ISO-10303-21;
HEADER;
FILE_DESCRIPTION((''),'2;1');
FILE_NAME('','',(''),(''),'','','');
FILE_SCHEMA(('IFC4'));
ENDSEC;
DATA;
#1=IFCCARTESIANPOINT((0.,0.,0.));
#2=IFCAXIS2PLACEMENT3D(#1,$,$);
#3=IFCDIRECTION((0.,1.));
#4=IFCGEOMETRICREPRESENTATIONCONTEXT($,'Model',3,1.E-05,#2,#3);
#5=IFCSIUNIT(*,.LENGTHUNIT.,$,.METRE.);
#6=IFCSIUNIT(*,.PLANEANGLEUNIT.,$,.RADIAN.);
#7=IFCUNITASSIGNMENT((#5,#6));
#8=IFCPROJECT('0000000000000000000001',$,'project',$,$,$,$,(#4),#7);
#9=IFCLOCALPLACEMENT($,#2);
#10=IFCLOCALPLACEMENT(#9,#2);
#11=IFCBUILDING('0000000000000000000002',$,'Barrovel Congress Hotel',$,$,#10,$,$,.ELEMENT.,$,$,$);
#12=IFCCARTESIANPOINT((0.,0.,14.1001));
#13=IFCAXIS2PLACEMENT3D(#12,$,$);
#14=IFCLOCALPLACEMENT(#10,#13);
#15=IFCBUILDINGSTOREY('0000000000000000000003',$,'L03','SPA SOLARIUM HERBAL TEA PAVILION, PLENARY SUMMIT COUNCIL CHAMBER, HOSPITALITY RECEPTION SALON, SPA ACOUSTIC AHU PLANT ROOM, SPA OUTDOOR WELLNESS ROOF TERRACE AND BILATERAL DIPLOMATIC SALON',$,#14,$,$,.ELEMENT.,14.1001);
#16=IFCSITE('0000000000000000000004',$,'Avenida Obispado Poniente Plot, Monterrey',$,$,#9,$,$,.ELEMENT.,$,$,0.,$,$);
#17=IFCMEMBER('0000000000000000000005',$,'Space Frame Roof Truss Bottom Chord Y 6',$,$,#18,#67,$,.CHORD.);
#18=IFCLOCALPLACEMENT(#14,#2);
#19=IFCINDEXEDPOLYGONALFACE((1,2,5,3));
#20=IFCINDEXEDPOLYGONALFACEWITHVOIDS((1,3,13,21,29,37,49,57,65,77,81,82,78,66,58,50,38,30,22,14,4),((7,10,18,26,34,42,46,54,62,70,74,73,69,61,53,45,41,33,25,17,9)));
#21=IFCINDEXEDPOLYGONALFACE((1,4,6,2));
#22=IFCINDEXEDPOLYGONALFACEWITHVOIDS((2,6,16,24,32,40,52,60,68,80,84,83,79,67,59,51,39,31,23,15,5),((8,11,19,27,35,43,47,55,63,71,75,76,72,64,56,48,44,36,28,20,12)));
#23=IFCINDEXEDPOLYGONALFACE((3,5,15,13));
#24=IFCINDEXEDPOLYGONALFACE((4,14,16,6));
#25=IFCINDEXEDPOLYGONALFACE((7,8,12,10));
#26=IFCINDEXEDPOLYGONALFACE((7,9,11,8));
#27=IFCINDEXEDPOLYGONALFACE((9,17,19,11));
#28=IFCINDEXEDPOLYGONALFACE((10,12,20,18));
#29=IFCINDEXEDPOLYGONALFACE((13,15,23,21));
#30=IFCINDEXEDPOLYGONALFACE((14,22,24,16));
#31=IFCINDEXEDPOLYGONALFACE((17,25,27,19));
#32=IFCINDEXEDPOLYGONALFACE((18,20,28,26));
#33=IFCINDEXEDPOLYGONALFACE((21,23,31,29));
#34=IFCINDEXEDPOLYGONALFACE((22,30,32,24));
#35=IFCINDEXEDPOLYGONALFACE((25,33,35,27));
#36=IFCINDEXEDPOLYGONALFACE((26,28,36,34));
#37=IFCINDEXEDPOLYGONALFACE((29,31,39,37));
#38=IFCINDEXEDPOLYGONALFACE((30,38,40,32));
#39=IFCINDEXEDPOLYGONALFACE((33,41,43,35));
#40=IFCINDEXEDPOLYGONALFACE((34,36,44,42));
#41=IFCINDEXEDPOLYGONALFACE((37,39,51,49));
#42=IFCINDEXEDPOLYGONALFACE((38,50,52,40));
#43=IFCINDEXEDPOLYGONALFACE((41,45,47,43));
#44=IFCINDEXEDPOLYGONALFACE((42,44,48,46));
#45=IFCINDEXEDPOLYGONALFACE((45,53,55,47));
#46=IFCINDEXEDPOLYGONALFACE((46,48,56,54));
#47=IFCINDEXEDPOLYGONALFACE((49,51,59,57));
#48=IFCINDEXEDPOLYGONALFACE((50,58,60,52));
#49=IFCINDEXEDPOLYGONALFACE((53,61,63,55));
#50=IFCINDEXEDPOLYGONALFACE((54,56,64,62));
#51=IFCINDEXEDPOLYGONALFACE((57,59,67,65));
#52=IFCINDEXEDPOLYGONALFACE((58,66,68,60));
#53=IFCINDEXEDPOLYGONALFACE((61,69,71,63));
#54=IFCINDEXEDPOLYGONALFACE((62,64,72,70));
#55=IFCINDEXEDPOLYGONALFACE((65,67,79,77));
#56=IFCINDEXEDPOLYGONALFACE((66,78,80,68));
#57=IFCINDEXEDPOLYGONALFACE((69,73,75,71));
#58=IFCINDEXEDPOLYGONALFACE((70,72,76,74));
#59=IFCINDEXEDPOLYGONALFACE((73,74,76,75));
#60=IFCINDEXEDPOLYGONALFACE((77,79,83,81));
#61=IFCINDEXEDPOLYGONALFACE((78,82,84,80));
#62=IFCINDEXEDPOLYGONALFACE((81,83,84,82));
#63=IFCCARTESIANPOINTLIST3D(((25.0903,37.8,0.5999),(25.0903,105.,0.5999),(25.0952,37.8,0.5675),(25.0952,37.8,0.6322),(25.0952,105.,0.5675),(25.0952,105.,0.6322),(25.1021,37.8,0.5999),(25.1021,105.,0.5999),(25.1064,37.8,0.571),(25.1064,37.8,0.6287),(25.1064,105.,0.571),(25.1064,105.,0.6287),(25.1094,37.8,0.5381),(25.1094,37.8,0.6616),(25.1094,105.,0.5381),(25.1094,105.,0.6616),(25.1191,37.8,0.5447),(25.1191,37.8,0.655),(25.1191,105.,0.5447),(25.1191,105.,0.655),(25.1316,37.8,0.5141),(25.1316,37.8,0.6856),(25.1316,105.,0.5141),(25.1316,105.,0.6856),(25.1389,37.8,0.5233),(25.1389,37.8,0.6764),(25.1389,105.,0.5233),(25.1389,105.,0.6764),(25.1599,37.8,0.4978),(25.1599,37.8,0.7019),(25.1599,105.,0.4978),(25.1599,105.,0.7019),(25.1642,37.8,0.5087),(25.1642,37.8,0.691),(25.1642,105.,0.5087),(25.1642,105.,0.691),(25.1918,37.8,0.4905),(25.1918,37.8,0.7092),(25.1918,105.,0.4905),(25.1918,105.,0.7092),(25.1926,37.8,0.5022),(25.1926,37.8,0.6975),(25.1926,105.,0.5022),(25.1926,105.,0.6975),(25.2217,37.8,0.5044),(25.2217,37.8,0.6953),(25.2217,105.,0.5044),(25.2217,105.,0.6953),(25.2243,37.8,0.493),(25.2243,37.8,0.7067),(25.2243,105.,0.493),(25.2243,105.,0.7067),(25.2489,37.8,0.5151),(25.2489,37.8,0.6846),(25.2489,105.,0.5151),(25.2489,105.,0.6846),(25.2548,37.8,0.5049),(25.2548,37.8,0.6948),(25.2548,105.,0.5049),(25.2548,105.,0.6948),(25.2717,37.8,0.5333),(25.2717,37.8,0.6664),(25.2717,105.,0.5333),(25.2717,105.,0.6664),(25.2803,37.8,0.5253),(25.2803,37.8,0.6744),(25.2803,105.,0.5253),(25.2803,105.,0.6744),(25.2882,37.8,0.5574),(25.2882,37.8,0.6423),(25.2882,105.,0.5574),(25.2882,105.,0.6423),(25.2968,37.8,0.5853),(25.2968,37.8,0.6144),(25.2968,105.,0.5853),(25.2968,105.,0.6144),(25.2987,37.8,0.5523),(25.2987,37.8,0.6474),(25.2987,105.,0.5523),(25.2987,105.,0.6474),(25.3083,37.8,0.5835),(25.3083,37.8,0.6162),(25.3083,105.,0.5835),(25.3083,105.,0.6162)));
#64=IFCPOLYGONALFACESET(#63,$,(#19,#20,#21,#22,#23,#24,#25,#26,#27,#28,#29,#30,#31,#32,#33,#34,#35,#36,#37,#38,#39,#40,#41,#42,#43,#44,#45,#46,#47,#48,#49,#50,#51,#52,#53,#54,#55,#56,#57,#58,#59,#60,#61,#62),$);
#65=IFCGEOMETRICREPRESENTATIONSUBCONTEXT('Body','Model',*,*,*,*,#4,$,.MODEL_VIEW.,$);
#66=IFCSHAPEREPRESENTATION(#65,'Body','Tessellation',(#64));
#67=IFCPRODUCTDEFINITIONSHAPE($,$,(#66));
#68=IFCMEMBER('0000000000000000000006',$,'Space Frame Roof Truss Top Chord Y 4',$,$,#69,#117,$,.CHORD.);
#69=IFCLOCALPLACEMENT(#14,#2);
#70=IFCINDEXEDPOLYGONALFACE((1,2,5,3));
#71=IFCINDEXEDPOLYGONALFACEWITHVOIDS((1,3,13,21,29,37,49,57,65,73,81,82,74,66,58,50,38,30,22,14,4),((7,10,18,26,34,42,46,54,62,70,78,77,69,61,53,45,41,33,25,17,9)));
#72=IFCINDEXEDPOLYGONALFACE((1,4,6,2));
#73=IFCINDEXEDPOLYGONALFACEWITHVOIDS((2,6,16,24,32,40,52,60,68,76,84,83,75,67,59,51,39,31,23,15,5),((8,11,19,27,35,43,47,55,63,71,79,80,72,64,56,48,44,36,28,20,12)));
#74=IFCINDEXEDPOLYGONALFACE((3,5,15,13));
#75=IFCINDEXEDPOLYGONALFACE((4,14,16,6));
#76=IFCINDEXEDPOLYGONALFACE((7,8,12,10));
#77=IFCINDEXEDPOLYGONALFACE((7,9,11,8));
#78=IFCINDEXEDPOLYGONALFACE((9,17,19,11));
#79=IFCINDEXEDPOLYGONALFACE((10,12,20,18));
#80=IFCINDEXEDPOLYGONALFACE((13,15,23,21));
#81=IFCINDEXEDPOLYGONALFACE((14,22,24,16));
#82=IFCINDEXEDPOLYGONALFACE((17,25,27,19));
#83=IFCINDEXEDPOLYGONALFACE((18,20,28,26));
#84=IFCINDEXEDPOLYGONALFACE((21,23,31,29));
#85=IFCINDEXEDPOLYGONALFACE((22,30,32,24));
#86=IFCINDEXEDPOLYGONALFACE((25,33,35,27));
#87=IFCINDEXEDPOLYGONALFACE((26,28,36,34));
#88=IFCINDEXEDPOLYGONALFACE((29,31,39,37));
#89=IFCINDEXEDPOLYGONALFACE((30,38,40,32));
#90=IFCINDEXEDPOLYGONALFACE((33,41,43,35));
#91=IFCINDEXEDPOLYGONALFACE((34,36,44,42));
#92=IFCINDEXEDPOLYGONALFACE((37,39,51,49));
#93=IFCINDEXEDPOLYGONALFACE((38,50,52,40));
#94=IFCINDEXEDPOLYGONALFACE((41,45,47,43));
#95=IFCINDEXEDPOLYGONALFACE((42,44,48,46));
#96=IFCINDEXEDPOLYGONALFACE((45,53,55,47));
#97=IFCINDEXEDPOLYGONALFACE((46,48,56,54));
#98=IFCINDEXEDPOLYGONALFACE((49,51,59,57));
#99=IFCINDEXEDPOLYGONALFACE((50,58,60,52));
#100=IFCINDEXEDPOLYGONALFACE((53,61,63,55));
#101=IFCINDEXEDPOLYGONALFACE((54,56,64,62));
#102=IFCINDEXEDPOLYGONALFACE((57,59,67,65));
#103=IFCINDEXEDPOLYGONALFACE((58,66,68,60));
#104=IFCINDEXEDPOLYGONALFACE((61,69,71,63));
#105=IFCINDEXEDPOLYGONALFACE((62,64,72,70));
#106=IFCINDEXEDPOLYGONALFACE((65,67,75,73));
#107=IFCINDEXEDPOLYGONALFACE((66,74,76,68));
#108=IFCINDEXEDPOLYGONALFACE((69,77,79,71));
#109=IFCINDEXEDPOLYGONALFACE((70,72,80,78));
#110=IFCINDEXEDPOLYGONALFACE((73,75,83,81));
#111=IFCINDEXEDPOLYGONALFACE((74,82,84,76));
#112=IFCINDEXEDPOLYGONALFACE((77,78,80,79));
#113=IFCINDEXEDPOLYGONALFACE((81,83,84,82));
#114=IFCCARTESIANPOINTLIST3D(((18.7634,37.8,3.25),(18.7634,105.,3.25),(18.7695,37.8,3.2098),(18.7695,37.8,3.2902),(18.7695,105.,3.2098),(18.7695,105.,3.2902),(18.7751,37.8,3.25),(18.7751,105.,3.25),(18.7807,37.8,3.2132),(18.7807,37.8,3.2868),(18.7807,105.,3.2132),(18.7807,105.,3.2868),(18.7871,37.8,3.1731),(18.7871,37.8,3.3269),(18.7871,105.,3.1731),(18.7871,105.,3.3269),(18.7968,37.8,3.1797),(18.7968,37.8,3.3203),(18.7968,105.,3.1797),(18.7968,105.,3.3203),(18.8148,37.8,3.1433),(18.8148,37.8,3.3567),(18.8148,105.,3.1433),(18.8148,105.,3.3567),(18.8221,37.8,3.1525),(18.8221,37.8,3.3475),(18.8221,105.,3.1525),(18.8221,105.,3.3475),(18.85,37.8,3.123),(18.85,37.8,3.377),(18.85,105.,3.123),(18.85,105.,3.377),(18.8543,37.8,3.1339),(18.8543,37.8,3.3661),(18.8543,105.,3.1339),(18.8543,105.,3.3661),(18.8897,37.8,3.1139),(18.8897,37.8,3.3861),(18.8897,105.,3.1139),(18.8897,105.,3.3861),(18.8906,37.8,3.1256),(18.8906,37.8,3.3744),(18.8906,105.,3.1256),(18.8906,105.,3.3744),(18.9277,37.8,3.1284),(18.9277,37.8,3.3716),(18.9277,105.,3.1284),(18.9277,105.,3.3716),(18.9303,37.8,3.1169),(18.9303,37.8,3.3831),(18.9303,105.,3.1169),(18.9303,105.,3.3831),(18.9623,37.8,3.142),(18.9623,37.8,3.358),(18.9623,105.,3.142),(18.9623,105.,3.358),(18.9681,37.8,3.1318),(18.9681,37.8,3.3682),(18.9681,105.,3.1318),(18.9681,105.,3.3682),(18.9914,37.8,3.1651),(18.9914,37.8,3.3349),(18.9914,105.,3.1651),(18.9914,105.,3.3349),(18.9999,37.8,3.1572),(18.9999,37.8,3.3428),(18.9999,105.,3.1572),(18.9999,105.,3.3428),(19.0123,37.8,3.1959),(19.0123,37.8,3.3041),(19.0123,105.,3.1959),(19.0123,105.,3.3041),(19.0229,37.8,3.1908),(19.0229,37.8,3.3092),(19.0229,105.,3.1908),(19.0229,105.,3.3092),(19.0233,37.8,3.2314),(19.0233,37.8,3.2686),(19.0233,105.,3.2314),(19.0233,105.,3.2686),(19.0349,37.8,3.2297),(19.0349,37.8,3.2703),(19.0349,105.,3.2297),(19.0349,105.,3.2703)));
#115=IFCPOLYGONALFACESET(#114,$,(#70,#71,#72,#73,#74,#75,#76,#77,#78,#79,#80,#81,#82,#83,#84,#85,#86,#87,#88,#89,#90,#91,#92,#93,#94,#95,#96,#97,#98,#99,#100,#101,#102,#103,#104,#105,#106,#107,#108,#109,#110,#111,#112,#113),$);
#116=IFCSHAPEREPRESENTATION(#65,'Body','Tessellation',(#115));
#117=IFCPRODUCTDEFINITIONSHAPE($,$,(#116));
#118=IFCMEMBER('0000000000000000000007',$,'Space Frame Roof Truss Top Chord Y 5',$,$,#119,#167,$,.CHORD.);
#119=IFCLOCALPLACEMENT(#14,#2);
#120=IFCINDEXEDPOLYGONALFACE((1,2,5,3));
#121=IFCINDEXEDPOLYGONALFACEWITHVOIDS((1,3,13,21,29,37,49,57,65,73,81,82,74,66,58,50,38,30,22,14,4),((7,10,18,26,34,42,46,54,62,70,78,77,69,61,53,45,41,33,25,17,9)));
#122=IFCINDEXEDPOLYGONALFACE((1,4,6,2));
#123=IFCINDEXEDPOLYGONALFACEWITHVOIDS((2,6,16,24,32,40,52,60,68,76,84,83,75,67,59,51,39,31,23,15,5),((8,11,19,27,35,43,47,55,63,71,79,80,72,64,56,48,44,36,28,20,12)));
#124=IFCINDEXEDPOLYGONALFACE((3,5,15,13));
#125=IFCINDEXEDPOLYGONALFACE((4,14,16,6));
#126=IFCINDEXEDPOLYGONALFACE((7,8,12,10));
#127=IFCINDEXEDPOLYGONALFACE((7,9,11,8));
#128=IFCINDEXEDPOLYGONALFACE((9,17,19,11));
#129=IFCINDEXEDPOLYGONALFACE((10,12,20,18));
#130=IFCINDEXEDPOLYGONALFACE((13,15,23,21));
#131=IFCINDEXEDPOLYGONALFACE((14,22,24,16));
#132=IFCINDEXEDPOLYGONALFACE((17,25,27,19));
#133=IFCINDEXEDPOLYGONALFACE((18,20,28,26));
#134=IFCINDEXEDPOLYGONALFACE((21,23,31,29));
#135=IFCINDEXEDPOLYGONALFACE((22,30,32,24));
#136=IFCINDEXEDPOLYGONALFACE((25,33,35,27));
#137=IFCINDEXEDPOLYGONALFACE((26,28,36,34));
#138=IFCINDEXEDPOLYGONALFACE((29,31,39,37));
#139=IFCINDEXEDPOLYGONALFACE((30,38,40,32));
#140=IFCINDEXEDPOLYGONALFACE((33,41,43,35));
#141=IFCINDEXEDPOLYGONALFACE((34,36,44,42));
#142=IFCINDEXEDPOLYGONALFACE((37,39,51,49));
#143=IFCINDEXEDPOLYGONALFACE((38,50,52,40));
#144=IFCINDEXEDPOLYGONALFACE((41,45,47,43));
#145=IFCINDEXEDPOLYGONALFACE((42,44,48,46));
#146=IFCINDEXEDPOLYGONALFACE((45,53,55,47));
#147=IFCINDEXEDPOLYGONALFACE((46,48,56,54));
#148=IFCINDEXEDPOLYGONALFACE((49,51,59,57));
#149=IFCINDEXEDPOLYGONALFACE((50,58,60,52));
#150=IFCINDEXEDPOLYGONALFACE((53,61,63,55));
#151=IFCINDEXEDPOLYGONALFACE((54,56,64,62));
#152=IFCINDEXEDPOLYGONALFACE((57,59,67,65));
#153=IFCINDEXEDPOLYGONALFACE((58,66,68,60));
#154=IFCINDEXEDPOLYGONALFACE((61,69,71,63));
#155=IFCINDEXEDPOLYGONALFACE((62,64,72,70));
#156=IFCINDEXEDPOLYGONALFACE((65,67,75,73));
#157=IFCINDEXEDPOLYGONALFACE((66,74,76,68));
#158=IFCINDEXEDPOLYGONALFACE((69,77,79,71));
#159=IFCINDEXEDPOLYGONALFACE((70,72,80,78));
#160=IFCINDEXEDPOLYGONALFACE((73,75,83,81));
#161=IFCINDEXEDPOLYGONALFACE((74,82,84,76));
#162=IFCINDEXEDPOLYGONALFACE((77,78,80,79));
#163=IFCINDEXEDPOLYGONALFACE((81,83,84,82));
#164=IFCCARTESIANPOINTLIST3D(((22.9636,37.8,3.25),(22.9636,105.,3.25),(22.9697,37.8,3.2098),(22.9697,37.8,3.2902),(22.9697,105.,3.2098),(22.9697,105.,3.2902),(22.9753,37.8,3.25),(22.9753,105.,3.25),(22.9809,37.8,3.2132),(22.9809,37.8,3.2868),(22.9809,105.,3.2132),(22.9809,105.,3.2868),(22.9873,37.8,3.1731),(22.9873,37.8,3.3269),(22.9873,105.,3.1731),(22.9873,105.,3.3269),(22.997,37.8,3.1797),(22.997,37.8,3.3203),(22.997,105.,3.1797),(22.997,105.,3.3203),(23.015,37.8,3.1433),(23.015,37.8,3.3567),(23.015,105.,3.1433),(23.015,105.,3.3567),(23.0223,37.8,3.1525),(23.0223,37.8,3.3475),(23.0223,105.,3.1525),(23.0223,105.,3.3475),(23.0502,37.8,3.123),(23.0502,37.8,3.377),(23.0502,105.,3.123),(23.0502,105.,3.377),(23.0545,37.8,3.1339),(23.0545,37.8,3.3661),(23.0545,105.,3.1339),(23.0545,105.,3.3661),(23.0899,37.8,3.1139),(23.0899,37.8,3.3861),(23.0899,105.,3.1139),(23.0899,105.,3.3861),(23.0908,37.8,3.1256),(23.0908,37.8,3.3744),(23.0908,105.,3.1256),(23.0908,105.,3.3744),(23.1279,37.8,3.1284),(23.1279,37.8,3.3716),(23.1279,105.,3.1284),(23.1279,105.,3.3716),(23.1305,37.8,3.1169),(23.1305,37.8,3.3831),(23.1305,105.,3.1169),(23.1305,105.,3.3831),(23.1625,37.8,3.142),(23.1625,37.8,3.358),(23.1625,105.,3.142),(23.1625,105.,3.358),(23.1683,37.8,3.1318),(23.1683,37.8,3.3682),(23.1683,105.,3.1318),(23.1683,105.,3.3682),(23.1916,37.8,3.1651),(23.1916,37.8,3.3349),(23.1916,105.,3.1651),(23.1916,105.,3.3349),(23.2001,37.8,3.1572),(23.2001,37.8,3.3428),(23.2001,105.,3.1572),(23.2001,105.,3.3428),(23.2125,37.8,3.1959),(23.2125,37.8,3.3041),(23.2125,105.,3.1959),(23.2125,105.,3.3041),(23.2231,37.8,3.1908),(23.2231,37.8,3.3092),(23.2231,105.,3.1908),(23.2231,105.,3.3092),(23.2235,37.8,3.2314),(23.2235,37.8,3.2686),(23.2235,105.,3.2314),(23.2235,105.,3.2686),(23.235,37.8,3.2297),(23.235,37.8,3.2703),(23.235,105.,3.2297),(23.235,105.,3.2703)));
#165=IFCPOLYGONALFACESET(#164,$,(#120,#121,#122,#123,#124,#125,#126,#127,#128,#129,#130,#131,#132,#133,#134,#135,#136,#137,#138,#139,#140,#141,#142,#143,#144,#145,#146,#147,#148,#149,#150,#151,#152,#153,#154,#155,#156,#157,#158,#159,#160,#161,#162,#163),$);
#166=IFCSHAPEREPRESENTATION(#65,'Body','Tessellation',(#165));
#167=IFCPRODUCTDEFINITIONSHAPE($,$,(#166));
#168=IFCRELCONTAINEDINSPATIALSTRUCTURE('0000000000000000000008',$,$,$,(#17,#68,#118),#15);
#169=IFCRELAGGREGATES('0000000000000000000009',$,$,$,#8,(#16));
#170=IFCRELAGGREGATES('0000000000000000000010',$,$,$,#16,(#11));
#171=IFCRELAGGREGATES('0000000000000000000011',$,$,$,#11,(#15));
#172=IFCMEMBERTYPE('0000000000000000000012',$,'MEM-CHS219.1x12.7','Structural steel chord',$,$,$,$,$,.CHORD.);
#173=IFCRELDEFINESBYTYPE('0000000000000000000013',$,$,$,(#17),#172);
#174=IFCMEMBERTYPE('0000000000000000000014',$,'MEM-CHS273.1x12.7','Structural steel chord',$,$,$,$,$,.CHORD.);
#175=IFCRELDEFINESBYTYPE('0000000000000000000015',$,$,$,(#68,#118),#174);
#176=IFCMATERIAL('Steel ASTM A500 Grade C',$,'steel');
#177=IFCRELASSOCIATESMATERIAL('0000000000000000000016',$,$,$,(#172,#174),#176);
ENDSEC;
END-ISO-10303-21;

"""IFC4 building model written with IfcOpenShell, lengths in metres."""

from ifc_helpers import new_model, si_unit, direction, frame, origin, origin_2d, place, context, subcontext, project, spatial, hollow_circle, extrude, material, material_profile, profile_set, type_object, element, save


model = new_model("IFC4")

# Units and contexts
model_context = context("Model", 3, precision=1e-05, world=origin(), true_north=direction((0.0, 1.0)))
body_context = subcontext(model_context, "Body", "Model", "MODEL_VIEW")
ifc_project = project(units=[si_unit("LENGTHUNIT", "METRE"), si_unit("PLANEANGLEUNIT", "RADIAN")], contexts=[model_context])

# Site, building, storey
site_placement = place(None, origin())
site = spatial("IfcSite", under=ifc_project, at=site_placement, Name="Avenida Obispado Poniente Plot, Monterrey", CompositionType="ELEMENT", RefElevation=0.0)
building_placement = place(site_placement, origin())
building = spatial("IfcBuilding", under=site, at=building_placement, Name="Barrovel Congress Hotel", CompositionType="ELEMENT")
storey_placement = place(building_placement, frame((0.0, 0.0, 14.1001)))
storey = spatial("IfcBuildingStorey", under=building, at=storey_placement, Name="L03", Description="SPA SOLARIUM HERBAL TEA PAVILION, PLENARY SUMMIT COUNCIL CHAMBER, HOSPITALITY RECEPTION SALON, SPA ACOUSTIC AHU PLANT ROOM, SPA OUTDOOR WELLNESS ROOF TERRACE AND BILATERAL DIPLOMATIC SALON", CompositionType="ELEMENT", Elevation=14.1001)

# Members
ifc_material_1 = material(Name="Steel ASTM A500 Grade C", Category="steel")
ifc_material_profile_1 = material_profile(ifc_material_1, hollow_circle(Radius=0.1096, WallThickness=0.0117, at=origin_2d()), Name="CHS219.1x12.7")
ifc_profile_set_1 = profile_set([ifc_material_profile_1], Name="Steel ASTM A500 Grade C")
member_type_1 = type_object("IfcMemberType", Name="MEM-CHS219.1x12.7", Description="Structural steel chord", PredefinedType="CHORD", material=ifc_profile_set_1)
for number, where, z_axis, x_axis, name in (
    (1, (25.2, 37.8, 0.5999), (0.0, 1.0, 0.0), (-1.0, 0.0, 0.0), "Space Frame Roof Truss Bottom Chord Y 6"),
):
    element("IfcMember", number, at=place(storey_placement, frame(where, z_axis=z_axis, x_axis=x_axis)), inside=storey, type_object=member_type_1, Name=name, PredefinedType="CHORD", context=body_context, shape_type="SweptSolid", body=[
        extrude(hollow_circle(Radius=0.1096, WallThickness=0.0117, at=origin_2d()), origin(), (0.0, 0.0, 1.0), 67.2),
    ])
ifc_material_profile_2 = material_profile(ifc_material_1, hollow_circle(Radius=0.1365, WallThickness=0.0117, at=origin_2d()), Name="CHS273.1x12.7")
ifc_profile_set_2 = profile_set([ifc_material_profile_2], Name="Steel ASTM A500 Grade C")
member_type_2 = type_object("IfcMemberType", Name="MEM-CHS273.1x12.7", Description="Structural steel chord", PredefinedType="CHORD", material=ifc_profile_set_2)
for number, where, z_axis, x_axis, name in (
    (2, (18.8999, 37.8, 3.25), (0.0, 1.0, 0.0), (-1.0, 0.0, 0.0), "Space Frame Roof Truss Top Chord Y 4"),
    (3, (23.1001, 37.8, 3.25), (0.0, 1.0, 0.0), (-1.0, 0.0, 0.0), "Space Frame Roof Truss Top Chord Y 5"),
):
    element("IfcMember", number, at=place(storey_placement, frame(where, z_axis=z_axis, x_axis=x_axis)), inside=storey, type_object=member_type_2, Name=name, PredefinedType="CHORD", context=body_context, shape_type="SweptSolid", body=[
        extrude(hollow_circle(Radius=0.1365, WallThickness=0.0117, at=origin_2d()), origin(), (0.0, 0.0, 1.0), 67.2),
    ])

save(model, "model.ifc")
